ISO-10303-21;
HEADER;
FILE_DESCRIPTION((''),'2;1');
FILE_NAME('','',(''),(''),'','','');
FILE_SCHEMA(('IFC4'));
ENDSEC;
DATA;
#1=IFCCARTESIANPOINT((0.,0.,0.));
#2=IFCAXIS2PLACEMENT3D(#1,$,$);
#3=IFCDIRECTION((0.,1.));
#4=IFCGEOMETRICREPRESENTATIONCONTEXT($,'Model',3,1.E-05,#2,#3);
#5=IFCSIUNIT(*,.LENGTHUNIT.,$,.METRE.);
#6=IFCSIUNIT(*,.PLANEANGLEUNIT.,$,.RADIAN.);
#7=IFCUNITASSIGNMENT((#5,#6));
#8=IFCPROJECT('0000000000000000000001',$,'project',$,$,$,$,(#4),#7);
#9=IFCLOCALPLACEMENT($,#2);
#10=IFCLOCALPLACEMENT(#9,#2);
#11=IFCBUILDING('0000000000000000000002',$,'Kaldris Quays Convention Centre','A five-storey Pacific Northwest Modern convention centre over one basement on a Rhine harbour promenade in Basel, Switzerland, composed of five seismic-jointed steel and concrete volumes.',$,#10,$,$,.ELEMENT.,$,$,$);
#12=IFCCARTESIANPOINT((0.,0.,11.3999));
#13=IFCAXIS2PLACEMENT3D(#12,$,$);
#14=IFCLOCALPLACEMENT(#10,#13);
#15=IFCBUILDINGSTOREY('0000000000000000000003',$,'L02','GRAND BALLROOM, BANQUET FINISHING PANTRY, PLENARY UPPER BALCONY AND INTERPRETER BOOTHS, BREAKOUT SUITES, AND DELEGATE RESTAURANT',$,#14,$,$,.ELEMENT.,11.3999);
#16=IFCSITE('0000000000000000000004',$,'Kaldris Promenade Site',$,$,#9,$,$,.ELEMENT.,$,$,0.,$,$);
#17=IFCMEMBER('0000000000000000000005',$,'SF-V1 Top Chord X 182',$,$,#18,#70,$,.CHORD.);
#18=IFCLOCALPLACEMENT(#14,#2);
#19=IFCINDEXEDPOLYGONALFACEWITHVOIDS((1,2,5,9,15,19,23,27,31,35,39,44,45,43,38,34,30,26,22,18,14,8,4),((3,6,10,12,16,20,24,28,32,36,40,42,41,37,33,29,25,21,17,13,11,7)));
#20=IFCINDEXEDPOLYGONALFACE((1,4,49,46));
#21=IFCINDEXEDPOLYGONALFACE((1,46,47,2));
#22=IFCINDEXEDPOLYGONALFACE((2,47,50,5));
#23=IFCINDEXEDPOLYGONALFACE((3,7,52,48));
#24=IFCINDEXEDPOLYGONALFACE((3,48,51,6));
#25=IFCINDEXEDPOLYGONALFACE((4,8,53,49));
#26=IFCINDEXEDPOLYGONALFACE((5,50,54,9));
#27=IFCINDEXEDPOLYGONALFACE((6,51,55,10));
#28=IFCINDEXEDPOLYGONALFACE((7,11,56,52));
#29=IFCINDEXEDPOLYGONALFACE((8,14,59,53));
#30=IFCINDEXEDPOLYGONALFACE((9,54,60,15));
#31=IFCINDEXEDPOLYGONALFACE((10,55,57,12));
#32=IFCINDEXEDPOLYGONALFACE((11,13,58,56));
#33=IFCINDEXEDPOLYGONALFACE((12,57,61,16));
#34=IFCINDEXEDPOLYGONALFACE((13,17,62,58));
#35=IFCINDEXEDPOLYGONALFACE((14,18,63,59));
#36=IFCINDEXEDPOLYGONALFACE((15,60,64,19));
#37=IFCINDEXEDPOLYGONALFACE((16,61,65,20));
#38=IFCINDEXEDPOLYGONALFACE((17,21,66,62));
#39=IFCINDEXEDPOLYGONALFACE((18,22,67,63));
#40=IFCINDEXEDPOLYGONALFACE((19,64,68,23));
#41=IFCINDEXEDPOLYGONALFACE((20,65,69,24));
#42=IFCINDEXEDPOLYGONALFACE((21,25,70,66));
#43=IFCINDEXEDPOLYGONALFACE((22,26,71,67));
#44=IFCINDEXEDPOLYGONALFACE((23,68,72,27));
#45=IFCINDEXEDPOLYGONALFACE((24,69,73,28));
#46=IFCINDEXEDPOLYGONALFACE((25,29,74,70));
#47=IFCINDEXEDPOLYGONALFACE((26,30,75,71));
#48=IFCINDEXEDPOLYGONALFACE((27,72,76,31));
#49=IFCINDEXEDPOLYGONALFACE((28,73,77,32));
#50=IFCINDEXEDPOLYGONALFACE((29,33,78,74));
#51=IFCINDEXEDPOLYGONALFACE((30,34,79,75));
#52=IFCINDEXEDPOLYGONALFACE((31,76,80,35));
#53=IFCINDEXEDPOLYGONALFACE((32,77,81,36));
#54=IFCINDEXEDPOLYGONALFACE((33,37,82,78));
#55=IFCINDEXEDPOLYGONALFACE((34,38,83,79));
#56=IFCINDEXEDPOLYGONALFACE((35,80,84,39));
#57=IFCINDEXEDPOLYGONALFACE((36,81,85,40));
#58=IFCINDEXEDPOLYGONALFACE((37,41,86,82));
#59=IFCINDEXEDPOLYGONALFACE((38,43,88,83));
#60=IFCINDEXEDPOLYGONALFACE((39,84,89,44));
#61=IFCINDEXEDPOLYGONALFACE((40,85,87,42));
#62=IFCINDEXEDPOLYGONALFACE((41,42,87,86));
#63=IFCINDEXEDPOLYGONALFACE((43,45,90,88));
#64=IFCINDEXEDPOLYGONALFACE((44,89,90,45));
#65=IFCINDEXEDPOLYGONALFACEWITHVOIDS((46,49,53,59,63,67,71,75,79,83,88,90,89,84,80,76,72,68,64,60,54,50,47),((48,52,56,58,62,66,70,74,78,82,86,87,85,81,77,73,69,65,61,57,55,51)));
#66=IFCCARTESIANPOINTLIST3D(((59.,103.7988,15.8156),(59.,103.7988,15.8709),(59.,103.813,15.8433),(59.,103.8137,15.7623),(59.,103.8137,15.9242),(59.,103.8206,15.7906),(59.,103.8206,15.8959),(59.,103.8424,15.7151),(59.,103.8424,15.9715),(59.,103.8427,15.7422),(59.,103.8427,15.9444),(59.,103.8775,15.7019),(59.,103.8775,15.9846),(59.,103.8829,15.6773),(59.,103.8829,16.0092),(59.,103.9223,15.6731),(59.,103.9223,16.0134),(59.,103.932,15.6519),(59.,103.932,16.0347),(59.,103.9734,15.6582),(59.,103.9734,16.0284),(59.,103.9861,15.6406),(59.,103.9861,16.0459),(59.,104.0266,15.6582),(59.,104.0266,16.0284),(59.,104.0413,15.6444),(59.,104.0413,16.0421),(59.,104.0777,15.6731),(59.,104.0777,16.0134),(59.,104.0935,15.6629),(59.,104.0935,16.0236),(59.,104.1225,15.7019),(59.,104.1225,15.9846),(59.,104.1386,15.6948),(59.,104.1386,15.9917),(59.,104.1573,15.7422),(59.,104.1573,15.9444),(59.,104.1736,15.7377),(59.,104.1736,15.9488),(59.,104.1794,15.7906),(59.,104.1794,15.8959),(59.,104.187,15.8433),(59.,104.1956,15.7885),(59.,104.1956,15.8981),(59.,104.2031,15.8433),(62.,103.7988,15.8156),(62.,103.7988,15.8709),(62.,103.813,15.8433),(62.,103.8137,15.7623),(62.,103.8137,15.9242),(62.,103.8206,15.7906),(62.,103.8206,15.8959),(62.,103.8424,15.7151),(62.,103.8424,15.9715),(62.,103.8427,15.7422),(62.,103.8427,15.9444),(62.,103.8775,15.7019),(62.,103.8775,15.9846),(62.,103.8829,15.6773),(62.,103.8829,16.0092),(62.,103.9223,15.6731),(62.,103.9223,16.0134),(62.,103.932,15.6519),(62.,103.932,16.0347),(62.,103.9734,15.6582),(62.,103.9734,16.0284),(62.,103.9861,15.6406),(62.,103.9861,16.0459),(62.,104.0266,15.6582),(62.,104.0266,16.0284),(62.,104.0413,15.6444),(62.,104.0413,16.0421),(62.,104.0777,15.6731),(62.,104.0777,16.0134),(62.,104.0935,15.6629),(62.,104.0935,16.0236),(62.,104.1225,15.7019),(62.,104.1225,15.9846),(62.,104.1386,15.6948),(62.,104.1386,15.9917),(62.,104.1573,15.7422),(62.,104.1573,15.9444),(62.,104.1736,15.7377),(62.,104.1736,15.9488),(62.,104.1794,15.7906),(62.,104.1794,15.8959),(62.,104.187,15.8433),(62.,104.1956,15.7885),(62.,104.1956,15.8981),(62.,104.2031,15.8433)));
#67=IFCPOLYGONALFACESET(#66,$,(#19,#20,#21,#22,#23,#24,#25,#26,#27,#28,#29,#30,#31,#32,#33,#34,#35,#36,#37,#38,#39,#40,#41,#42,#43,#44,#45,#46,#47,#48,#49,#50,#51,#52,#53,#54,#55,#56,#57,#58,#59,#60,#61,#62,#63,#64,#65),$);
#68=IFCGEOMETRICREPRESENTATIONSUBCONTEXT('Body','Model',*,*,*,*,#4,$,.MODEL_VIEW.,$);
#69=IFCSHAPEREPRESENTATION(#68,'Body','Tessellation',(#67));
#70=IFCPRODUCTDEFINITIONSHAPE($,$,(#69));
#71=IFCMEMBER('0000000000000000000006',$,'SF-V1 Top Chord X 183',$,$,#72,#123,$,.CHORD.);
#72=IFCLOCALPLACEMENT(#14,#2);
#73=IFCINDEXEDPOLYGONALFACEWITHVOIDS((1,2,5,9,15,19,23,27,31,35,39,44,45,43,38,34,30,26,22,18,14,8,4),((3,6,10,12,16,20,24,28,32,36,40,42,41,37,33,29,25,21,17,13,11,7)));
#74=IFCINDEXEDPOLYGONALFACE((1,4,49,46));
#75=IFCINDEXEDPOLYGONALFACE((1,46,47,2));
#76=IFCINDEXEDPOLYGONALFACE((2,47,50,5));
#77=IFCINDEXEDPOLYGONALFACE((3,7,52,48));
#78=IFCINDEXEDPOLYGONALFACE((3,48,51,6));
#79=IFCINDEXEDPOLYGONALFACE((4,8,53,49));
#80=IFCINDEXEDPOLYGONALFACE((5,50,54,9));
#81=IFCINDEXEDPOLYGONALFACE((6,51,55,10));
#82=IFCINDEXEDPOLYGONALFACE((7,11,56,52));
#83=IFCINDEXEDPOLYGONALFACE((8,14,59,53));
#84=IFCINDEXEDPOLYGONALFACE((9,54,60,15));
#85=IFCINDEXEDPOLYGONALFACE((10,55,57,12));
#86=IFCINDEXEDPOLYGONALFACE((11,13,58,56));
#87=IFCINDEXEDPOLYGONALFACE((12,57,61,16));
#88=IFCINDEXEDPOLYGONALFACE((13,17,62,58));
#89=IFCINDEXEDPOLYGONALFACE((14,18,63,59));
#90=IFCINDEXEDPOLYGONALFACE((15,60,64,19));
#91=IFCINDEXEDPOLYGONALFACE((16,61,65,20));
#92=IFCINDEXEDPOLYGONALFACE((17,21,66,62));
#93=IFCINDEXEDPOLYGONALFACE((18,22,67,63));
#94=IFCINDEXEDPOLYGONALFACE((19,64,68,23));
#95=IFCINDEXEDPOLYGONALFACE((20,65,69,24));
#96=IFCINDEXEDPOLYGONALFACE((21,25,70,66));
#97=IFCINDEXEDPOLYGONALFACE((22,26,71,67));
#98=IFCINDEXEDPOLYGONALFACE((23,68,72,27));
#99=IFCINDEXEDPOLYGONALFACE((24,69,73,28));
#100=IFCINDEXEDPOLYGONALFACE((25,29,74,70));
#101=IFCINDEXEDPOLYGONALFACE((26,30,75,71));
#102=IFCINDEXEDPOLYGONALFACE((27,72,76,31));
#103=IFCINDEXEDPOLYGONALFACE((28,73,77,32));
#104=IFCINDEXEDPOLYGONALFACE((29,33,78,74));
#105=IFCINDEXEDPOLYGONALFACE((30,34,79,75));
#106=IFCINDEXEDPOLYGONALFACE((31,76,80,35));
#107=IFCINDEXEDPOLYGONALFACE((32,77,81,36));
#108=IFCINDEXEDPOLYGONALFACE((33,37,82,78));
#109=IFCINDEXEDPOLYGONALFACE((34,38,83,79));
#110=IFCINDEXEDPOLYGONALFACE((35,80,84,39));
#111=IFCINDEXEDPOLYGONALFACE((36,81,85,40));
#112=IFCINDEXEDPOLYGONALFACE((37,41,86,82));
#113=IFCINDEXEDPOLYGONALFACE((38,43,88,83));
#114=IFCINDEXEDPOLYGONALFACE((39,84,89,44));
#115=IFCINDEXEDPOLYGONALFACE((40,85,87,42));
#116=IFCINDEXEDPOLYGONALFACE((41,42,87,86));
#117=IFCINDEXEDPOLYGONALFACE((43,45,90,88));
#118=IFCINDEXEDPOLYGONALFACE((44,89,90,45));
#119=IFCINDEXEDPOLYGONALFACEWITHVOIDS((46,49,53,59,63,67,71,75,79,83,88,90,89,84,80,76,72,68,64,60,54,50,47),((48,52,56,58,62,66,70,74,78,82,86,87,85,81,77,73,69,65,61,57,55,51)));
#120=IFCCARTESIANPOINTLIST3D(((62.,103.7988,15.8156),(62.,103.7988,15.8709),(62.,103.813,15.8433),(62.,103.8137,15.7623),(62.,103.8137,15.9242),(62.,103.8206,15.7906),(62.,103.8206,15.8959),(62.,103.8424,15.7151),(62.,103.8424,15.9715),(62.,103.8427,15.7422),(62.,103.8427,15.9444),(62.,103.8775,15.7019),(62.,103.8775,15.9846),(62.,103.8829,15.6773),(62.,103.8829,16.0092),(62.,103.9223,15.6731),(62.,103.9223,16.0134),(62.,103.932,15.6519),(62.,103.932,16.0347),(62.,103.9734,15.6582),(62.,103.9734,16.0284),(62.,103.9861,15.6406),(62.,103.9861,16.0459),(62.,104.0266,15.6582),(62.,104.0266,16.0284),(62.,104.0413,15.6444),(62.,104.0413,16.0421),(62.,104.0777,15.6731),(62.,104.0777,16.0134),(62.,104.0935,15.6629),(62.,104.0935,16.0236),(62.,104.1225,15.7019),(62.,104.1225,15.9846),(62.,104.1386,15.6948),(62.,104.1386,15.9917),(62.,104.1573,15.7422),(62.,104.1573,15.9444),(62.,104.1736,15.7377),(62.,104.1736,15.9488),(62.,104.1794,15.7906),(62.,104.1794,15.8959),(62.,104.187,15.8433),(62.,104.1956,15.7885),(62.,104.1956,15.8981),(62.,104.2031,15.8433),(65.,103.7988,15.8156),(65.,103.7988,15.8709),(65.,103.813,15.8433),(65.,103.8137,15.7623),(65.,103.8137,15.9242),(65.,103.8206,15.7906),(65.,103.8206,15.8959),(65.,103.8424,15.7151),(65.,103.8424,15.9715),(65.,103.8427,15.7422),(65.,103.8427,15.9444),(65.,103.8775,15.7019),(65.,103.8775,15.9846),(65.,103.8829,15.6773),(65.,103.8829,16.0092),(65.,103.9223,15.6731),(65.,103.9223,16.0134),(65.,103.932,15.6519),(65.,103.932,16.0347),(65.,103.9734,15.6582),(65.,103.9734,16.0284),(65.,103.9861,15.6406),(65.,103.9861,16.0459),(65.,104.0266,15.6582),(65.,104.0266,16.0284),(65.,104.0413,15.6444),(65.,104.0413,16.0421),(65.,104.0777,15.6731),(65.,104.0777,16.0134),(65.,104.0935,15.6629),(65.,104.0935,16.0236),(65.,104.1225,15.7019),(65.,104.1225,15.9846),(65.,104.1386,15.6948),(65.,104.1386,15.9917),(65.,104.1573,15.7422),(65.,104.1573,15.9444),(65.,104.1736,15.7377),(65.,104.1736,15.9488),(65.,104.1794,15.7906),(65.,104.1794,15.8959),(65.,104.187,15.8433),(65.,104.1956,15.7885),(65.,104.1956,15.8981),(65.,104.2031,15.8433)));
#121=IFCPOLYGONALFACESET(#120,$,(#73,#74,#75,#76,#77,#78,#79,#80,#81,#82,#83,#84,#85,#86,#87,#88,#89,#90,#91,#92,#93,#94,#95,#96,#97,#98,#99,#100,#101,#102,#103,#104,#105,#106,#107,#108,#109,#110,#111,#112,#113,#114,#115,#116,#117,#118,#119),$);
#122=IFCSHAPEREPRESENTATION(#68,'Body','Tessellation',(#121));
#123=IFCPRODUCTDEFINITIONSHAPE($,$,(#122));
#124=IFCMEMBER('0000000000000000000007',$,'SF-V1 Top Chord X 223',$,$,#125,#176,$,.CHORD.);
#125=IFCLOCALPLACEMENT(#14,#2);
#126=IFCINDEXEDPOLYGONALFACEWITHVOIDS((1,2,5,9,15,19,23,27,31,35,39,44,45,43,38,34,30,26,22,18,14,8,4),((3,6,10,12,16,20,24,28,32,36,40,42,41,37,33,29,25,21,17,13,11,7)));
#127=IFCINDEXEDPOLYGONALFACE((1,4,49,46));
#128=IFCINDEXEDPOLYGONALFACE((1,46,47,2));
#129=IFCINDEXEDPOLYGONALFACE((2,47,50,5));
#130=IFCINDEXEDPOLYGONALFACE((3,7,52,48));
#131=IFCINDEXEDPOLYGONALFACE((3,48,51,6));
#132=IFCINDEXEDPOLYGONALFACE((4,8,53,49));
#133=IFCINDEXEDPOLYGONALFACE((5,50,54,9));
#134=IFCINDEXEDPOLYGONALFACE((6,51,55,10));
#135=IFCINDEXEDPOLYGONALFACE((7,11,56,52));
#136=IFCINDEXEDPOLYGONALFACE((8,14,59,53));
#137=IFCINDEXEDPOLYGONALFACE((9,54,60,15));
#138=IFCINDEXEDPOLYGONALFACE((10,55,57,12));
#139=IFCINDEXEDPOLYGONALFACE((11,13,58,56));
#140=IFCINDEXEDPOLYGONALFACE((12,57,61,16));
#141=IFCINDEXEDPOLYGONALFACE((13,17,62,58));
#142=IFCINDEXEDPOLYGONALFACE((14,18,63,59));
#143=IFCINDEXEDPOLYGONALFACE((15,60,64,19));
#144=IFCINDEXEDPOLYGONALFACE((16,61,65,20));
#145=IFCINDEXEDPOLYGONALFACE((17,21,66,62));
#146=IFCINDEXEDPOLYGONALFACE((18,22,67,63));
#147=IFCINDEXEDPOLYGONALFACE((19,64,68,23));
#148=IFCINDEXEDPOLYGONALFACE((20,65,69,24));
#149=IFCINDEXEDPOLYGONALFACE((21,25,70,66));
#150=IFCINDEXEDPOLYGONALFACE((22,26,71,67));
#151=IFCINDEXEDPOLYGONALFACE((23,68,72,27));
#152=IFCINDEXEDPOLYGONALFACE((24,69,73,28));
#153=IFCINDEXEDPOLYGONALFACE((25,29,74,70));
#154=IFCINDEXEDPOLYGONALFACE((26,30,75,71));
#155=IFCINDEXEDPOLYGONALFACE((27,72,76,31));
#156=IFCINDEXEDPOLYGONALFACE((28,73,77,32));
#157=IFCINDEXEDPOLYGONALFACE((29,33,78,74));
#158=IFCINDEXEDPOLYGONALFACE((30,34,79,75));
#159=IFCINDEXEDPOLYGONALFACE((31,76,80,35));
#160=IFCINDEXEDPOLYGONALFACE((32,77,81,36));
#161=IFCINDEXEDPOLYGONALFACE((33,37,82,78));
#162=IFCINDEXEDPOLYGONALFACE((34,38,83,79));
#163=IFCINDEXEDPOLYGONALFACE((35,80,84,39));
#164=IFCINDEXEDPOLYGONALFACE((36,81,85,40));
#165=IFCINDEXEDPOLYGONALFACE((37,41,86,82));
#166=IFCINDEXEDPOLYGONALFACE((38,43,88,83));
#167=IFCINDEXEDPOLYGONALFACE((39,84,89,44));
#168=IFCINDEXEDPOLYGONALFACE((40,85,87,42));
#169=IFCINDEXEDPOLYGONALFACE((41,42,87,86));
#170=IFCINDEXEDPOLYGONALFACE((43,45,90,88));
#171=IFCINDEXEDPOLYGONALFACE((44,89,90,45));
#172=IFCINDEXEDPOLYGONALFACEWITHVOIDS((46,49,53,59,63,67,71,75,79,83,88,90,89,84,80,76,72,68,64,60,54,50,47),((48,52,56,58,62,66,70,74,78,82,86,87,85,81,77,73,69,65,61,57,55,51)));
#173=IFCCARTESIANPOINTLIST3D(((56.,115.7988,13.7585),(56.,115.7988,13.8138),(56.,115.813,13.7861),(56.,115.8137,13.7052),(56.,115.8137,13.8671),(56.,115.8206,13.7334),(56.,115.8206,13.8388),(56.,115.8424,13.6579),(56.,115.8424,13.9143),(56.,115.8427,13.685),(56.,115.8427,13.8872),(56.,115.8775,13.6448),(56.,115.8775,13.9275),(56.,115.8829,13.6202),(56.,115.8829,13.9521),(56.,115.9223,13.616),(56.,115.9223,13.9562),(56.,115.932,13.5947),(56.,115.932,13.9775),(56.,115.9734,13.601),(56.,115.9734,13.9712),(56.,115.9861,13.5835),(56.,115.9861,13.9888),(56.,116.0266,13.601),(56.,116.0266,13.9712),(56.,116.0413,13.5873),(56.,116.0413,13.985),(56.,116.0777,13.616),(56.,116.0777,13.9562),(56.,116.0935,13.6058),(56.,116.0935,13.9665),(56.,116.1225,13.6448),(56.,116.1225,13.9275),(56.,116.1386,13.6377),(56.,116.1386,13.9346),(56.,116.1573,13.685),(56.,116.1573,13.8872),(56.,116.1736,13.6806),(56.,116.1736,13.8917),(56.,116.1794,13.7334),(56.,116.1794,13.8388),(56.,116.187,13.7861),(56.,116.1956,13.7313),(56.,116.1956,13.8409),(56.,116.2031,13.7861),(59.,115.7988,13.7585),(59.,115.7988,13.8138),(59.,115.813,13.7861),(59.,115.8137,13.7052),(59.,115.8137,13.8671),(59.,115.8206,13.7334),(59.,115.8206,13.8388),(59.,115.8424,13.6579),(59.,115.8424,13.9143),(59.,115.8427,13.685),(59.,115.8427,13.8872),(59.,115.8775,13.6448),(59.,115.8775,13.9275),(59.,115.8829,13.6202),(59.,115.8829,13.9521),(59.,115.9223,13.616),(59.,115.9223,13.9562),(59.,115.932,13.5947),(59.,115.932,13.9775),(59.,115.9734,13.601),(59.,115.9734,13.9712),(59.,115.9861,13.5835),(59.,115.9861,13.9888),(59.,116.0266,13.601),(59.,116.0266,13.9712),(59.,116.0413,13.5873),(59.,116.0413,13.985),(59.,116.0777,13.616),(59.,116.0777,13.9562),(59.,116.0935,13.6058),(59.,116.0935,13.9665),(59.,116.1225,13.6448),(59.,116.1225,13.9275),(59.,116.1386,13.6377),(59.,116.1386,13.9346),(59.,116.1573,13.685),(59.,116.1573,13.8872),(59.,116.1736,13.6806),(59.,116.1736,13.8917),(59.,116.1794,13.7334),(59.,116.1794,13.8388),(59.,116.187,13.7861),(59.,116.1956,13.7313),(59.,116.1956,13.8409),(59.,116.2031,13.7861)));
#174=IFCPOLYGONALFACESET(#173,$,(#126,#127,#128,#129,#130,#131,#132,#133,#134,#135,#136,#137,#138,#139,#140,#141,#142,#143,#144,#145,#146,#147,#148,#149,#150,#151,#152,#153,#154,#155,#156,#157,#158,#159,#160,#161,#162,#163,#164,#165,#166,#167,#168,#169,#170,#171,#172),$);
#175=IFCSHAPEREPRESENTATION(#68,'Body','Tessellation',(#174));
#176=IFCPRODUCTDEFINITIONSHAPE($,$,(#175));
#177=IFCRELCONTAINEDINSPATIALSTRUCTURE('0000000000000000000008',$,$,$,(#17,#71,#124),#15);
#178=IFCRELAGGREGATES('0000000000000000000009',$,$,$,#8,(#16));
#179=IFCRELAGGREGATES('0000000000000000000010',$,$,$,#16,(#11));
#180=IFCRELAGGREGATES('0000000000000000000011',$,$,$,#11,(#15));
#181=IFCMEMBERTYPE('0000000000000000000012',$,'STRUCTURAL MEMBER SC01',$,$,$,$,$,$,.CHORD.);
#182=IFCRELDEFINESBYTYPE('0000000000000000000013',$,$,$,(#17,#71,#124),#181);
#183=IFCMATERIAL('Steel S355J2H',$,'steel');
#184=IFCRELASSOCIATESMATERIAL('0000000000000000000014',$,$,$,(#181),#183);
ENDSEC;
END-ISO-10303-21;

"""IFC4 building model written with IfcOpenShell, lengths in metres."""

from ifc_helpers import new_model, si_unit, direction, frame, origin, origin_2d, place, context, subcontext, project, spatial, hollow_circle, extrude, material, material_profile, profile_set, type_object, element, save


model = new_model("IFC4")

# Units and contexts
model_context = context("Model", 3, precision=1e-05, world=origin(), true_north=direction((0.0, 1.0)))
body_context = subcontext(model_context, "Body", "Model", "MODEL_VIEW")
ifc_project = project(units=[si_unit("LENGTHUNIT", "METRE"), si_unit("PLANEANGLEUNIT", "RADIAN")], contexts=[model_context])

# Site, building, storey
site_placement = place(None, origin())
site = spatial("IfcSite", under=ifc_project, at=site_placement, Name="Kaldris Promenade Site", CompositionType="ELEMENT", RefElevation=0.0)
building_placement = place(site_placement, origin())
building = spatial("IfcBuilding", under=site, at=building_placement, Name="Kaldris Quays Convention Centre", Description="A five-storey Pacific Northwest Modern convention centre over one basement on a Rhine harbour promenade in Basel, Switzerland, composed of five seismic-jointed steel and concrete volumes.", CompositionType="ELEMENT")
storey_placement = place(building_placement, frame((0.0, 0.0, 11.3999)))
storey = spatial("IfcBuildingStorey", under=building, at=storey_placement, Name="L02", Description="GRAND BALLROOM, BANQUET FINISHING PANTRY, PLENARY UPPER BALCONY AND INTERPRETER BOOTHS, BREAKOUT SUITES, AND DELEGATE RESTAURANT", CompositionType="ELEMENT", Elevation=11.3999)

# Members
ifc_material_1 = material(Name="Steel S355J2H", Category="steel")
ifc_material_profile_1 = material_profile(ifc_material_1, hollow_circle(Radius=0.2031, WallThickness=0.0161, at=origin_2d()), Name="CHS 406.4x16")
ifc_profile_set_1 = profile_set([ifc_material_profile_1], Name="Steel S355J2H")
member_type_1 = type_object("IfcMemberType", Name="STRUCTURAL MEMBER SC01", PredefinedType="CHORD", material=ifc_profile_set_1)
for number, where, z_axis, x_axis, name in (
    (1, (59.0, 104.0, 15.8433), (1.0, 0.0, 0.0), (0.0, 1.0, 0.0), "SF-V1 Top Chord X 182"),
    (2, (62.0, 104.0, 15.8433), (1.0, 0.0, 0.0), (0.0, 1.0, 0.0), "SF-V1 Top Chord X 183"),
    (3, (56.0, 116.0, 13.7861), (1.0, 0.0, 0.0), (0.0, 1.0, 0.0), "SF-V1 Top Chord X 223"),
):
    element("IfcMember", number, at=place(storey_placement, frame(where, z_axis=z_axis, x_axis=x_axis)), inside=storey, type_object=member_type_1, Name=name, PredefinedType="CHORD", context=body_context, shape_type="SweptSolid", body=[
        extrude(hollow_circle(Radius=0.2031, WallThickness=0.0161, at=origin_2d()), origin(), (0.0, 0.0, 1.0), 3.0),
    ])

save(model, "model.ifc")
